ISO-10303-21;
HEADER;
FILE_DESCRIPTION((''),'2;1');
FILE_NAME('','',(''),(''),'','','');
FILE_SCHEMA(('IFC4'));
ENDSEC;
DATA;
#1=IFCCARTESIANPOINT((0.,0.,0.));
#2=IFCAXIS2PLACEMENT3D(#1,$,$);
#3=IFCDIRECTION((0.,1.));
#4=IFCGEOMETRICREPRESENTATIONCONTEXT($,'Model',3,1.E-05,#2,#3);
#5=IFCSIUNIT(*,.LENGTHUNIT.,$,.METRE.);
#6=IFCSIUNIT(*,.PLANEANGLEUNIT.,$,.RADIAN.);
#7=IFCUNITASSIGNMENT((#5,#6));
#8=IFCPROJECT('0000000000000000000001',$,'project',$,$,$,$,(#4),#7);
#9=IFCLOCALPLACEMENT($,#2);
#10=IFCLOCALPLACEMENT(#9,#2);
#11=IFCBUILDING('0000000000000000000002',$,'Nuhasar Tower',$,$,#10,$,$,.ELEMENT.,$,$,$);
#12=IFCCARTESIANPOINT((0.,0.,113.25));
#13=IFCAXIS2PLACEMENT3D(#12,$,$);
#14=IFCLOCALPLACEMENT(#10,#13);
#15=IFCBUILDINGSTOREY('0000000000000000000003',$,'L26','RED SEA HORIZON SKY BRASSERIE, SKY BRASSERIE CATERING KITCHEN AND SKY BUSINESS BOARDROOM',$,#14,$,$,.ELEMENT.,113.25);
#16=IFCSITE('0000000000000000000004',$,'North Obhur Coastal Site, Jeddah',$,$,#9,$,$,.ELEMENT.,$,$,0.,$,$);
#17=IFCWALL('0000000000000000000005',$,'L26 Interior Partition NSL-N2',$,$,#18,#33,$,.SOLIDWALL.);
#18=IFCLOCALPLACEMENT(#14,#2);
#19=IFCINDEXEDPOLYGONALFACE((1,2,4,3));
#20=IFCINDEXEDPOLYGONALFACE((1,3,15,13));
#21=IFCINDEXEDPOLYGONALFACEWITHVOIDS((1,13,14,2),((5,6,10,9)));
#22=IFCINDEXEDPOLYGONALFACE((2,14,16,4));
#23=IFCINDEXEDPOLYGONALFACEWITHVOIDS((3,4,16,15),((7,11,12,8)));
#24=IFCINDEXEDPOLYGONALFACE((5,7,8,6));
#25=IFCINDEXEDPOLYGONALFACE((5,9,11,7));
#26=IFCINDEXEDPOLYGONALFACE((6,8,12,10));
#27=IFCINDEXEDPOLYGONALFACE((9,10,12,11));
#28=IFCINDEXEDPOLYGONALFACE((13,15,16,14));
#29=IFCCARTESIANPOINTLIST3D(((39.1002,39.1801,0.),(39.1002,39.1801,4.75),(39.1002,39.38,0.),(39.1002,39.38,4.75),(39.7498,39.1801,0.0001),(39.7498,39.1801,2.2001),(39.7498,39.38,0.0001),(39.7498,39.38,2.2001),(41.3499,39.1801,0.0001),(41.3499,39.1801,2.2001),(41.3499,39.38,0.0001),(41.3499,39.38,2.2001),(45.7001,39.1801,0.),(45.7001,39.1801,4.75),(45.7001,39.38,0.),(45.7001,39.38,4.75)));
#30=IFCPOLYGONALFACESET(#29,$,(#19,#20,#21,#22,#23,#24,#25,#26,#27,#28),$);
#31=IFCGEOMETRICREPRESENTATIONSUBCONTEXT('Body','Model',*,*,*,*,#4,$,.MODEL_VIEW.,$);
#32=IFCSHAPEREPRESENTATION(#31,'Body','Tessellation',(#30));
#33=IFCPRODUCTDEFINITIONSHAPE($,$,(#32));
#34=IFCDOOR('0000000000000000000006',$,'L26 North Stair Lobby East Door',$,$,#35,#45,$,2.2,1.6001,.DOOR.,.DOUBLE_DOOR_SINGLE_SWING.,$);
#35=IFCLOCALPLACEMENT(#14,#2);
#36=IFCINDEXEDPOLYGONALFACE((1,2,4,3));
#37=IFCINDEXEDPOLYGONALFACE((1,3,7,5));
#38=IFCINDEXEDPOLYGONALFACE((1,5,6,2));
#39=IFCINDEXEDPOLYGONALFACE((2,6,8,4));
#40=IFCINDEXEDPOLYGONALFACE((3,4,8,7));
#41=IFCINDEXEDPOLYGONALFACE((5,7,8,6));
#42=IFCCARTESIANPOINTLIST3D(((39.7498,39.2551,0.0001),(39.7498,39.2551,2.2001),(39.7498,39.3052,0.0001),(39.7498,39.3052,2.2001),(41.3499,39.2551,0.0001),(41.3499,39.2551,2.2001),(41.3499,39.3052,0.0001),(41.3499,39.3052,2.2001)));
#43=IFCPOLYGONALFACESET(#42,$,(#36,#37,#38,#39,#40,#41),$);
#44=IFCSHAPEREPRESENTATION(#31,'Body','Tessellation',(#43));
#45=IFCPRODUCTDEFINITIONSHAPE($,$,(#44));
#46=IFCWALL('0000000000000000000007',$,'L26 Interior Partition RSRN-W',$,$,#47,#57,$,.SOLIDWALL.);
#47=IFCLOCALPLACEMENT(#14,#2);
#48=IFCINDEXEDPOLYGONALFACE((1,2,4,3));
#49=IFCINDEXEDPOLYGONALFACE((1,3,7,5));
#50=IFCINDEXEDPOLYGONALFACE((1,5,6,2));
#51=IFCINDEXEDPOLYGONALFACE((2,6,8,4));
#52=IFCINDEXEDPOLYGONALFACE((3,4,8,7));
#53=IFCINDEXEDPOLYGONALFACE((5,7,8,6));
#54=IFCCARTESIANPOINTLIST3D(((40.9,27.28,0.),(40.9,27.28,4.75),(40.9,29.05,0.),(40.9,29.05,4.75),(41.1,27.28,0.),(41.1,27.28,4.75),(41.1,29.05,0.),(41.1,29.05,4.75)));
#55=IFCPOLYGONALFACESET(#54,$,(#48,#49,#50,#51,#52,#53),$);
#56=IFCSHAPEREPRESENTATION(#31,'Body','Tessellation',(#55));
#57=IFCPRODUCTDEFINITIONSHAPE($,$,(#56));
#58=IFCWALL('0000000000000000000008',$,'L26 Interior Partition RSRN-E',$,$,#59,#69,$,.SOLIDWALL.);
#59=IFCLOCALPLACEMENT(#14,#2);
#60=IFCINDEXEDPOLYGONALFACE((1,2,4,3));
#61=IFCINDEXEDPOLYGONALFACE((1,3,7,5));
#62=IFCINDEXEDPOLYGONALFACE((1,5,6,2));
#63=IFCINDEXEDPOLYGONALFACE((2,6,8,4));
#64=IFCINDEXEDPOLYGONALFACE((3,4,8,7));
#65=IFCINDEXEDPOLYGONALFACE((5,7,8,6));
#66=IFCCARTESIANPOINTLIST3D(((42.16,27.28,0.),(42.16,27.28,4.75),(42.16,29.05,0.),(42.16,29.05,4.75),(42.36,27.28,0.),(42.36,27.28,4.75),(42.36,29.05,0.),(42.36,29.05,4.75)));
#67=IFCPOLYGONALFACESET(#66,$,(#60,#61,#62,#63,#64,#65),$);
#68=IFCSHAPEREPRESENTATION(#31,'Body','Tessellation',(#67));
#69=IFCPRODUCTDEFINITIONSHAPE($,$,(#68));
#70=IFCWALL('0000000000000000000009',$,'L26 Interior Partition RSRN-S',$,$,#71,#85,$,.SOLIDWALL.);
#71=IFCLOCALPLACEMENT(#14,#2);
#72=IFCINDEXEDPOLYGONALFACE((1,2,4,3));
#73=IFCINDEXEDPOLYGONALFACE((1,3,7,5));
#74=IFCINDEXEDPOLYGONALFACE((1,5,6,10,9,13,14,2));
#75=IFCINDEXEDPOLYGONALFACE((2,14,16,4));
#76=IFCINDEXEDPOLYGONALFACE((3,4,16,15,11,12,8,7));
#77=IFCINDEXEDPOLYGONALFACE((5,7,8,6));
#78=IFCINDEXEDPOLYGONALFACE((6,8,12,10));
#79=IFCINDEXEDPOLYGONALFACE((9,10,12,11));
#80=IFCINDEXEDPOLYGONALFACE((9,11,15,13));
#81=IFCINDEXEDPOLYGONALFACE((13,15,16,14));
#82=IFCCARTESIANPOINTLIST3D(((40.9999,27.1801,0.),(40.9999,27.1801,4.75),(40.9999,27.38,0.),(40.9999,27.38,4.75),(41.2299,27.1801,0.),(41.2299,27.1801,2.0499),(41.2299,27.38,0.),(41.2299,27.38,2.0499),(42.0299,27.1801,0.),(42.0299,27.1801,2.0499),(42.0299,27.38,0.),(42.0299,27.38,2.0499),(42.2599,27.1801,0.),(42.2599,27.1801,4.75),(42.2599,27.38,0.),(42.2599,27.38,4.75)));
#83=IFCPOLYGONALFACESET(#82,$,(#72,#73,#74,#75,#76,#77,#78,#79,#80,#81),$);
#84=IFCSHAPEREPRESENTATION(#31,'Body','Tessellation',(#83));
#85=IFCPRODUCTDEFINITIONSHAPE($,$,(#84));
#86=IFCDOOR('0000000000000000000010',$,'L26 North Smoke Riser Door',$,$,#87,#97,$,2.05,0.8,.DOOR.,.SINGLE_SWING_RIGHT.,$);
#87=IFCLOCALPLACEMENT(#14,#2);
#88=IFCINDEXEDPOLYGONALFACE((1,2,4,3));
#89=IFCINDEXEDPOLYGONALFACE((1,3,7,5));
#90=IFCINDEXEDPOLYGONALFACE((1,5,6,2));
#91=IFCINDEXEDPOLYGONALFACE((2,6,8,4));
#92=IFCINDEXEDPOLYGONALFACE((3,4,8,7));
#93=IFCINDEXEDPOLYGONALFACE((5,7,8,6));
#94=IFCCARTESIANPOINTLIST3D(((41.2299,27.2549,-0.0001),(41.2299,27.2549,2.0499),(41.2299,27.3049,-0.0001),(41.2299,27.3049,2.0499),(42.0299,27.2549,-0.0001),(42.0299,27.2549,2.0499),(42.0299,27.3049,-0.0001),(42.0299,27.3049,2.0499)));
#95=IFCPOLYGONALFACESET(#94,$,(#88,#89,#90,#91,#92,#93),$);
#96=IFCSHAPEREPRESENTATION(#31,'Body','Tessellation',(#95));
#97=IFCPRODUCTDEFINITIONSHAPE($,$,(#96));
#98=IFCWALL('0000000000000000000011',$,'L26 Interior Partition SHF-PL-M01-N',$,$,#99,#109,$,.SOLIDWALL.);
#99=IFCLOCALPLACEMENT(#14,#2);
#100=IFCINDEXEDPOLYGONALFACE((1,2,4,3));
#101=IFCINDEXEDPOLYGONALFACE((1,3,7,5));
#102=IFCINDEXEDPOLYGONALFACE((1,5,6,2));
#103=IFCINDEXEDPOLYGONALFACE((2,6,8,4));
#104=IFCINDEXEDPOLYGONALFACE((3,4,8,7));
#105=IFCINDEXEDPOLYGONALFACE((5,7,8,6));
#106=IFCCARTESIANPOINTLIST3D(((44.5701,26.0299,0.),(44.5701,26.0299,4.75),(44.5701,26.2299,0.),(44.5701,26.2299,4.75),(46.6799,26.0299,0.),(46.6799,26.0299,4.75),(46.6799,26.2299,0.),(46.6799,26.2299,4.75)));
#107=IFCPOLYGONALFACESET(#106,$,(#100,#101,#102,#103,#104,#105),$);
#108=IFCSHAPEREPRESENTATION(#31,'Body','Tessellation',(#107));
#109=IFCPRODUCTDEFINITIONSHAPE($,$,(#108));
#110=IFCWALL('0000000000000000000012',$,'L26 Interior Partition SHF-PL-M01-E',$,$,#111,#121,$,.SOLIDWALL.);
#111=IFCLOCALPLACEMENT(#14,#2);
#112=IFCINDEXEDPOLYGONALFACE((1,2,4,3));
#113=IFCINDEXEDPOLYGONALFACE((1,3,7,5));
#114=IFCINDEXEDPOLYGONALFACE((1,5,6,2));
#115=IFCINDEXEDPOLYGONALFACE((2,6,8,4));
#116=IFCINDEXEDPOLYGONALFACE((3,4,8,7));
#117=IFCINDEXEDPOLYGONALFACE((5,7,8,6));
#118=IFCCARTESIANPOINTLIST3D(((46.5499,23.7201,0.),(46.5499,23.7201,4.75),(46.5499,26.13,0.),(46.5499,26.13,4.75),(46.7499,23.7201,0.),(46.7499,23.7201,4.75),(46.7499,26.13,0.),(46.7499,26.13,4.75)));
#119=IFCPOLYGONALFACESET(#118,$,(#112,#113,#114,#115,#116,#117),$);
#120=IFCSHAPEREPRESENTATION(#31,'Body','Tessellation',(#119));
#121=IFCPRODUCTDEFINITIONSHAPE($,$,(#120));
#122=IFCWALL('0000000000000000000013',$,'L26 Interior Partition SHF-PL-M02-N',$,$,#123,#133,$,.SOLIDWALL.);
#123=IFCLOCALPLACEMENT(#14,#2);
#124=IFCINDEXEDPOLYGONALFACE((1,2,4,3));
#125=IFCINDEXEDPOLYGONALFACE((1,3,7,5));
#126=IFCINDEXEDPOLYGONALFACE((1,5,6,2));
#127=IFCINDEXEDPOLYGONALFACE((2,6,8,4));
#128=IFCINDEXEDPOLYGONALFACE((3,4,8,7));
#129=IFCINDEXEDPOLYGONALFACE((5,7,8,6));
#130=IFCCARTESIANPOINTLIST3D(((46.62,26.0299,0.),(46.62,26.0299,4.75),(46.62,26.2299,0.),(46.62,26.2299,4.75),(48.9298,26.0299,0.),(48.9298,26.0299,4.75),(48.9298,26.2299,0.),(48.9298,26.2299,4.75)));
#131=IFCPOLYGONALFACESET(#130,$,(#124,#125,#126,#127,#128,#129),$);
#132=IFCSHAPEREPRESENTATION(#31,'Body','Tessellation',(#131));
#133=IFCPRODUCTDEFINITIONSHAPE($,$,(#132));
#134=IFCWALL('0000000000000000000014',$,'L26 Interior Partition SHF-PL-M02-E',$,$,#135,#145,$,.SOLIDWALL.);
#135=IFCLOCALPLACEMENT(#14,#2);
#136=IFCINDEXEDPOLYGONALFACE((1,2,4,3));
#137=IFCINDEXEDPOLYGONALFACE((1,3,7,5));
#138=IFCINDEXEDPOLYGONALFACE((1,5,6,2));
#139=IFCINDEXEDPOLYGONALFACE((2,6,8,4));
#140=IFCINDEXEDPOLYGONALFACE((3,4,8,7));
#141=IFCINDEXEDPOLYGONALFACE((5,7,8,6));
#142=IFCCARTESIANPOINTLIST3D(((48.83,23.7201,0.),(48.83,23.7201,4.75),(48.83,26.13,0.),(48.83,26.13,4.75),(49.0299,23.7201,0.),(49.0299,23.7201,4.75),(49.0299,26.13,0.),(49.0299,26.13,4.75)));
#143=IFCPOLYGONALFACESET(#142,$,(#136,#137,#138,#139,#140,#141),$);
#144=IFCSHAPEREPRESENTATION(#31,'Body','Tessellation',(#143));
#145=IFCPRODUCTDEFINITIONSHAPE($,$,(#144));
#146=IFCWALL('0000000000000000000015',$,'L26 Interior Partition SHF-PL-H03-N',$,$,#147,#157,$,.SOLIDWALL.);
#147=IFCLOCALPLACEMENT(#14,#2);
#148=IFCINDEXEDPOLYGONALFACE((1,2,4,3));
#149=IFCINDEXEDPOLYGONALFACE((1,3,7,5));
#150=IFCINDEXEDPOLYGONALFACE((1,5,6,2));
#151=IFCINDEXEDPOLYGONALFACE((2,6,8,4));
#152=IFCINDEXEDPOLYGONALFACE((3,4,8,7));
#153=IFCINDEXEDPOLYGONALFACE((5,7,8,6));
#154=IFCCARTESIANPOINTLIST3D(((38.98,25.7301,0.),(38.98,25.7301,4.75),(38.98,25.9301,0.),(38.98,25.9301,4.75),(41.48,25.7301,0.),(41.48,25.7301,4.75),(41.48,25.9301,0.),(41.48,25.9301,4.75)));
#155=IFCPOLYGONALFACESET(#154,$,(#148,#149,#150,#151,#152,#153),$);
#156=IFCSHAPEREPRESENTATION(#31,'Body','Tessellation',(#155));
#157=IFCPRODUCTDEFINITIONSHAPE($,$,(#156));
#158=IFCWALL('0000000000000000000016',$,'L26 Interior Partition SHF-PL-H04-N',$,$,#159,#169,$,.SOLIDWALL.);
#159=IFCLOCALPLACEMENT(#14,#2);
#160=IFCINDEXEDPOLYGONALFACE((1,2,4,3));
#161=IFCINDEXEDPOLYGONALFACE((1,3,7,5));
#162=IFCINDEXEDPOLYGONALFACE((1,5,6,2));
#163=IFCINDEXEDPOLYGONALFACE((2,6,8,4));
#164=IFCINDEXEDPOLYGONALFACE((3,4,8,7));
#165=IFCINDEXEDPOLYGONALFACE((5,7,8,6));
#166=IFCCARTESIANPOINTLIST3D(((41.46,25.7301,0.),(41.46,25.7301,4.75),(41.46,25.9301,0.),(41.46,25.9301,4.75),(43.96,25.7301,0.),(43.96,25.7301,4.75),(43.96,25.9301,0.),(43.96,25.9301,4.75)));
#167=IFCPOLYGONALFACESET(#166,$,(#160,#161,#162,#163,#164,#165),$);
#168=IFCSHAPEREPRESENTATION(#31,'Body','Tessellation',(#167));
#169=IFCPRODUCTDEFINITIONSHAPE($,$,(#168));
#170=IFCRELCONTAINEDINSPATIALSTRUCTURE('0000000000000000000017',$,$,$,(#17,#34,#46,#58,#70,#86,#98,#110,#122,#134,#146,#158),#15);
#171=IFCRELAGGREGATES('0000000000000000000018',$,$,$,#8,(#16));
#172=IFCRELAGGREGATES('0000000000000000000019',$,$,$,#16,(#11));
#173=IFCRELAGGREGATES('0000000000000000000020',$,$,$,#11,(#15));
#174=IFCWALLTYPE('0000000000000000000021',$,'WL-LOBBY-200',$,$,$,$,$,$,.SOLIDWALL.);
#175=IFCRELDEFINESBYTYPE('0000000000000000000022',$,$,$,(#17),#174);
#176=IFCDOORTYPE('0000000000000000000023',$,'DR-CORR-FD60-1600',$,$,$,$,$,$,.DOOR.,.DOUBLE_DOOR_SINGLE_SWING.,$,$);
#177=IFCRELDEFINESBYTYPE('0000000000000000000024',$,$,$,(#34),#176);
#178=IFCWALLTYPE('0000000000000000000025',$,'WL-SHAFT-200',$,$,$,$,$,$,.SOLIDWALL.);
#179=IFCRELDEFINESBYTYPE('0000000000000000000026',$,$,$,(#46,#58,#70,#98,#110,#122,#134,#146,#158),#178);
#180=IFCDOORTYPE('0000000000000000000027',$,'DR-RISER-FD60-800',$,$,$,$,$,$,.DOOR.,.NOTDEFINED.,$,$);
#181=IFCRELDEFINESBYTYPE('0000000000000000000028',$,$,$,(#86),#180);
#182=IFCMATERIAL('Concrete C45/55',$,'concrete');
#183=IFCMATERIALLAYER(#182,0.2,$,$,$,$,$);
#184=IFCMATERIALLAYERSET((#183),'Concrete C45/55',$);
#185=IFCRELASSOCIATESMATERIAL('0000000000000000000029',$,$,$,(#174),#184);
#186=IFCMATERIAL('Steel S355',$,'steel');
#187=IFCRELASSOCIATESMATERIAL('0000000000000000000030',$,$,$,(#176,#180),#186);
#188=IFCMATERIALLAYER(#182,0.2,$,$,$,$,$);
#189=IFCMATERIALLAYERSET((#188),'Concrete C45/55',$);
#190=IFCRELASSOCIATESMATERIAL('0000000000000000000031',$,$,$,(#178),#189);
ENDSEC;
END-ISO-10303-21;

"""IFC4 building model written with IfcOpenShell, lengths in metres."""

from ifc_helpers import new_model, si_unit, direction, frame, frame_2d, origin, place, context, subcontext, project, spatial, rectangle, extrude, material, layer, layer_set, type_object, element, fill, save


model = new_model("IFC4")

# Units and contexts
model_context = context("Model", 3, precision=1e-05, world=origin(), true_north=direction((0.0, 1.0)))
body_context = subcontext(model_context, "Body", "Model", "MODEL_VIEW")
ifc_project = project(units=[si_unit("LENGTHUNIT", "METRE"), si_unit("PLANEANGLEUNIT", "RADIAN")], contexts=[model_context])

# Site, building, storey
site_placement = place(None, origin())
site = spatial("IfcSite", under=ifc_project, at=site_placement, Name="North Obhur Coastal Site, Jeddah", CompositionType="ELEMENT", RefElevation=0.0)
building_placement = place(site_placement, origin())
building = spatial("IfcBuilding", under=site, at=building_placement, Name="Nuhasar Tower", CompositionType="ELEMENT")
storey_placement = place(building_placement, frame((0.0, 0.0, 113.25)))
storey = spatial("IfcBuildingStorey", under=building, at=storey_placement, Name="L26", Description="RED SEA HORIZON SKY BRASSERIE, SKY BRASSERIE CATERING KITCHEN AND SKY BUSINESS BOARDROOM", CompositionType="ELEMENT", Elevation=113.25)

# Shared definitions
ifc_material_1 = material(Name="Steel S355", Category="steel")

# Shared definitions
ifc_material_2 = material(Name="Concrete C45/55", Category="concrete")
ifc_layer_1 = layer(ifc_material_2, 0.2)
ifc_layer_set_1 = layer_set([ifc_layer_1], Name="Concrete C45/55")
wall_type_1 = type_object("IfcWallType", Name="WL-LOBBY-200", PredefinedType="SOLIDWALL", material=ifc_layer_set_1)

# Wall, opening, door
wall_1_placement = place(storey_placement, frame((45.7, 39.28, 0.0), z_axis=(0.0, 0.0, 1.0), x_axis=(-1.0, 0.0, 0.0)))
wall_1 = element("IfcWall", 1, at=wall_1_placement, inside=storey, type_object=wall_type_1, Name="L26 Interior Partition NSL-N2", PredefinedType="SOLIDWALL", context=body_context, shape_type="SweptSolid", body=[
    extrude(rectangle(XDim=6.5999, YDim=0.2, at=frame_2d((3.2998, 0.0))), origin(), (0.0, 0.0, 1.0), 4.75),
])
opening_1_placement = place(wall_1_placement, frame((4.3501, 0.0, 0.0)))
opening_1 = element("IfcOpeningElement", 2, at=opening_1_placement, cuts=wall_1, PredefinedType="OPENING", context=body_context, shape_type="SweptSolid", body=[
    extrude(rectangle(XDim=1.6001, YDim=2.2, at=frame_2d((0.8, 1.1001))), frame((0.0, 0.1099, 0.0), z_axis=(0.0, -1.0, 0.0), x_axis=(1.0, 0.0, 0.0)), (0.0, 0.0, 1.0), 0.22),
])
door_type_1 = type_object("IfcDoorType", Name="DR-CORR-FD60-1600", OperationType="DOUBLE_DOOR_SINGLE_SWING", PredefinedType="DOOR", material=ifc_material_1)
door_1_placement = place(opening_1_placement, origin())
door_1 = element("IfcDoor", 3, at=door_1_placement, inside=storey, type_object=door_type_1, Name="L26 North Stair Lobby East Door", OperationType="DOUBLE_DOOR_SINGLE_SWING", OverallHeight=2.2, OverallWidth=1.6001, PredefinedType="DOOR", context=body_context, shape_type="SweptSolid", body=[
    extrude(rectangle(XDim=1.6001, YDim=2.2, at=frame_2d((0.8, 1.1001))), frame((0.0, 0.0249, 0.0), z_axis=(0.0, -1.0, 0.0), x_axis=(1.0, 0.0, 0.0)), (0.0, 0.0, 1.0), 0.05),
])
fill(opening_1, door_1)

# Walls
ifc_layer_2 = layer(ifc_material_2, 0.2)
ifc_layer_set_2 = layer_set([ifc_layer_2], Name="Concrete C45/55")
wall_type_2 = type_object("IfcWallType", Name="WL-SHAFT-200", PredefinedType="SOLIDWALL", material=ifc_layer_set_2)
for number, where, z_axis, x_axis, name in (
    (4, (41.0, 27.28, 0.0), (0.0, 0.0, 1.0), (0.0, 1.0, 0.0), "L26 Interior Partition RSRN-W"),
    (5, (42.26, 27.28, 0.0), (0.0, 0.0, 1.0), (0.0, 1.0, 0.0), "L26 Interior Partition RSRN-E"),
):
    element("IfcWall", number, at=place(storey_placement, frame(where, z_axis=z_axis, x_axis=x_axis)), inside=storey, type_object=wall_type_2, Name=name, PredefinedType="SOLIDWALL", context=body_context, shape_type="SweptSolid", body=[
        extrude(rectangle(XDim=1.77, YDim=0.2, at=frame_2d((0.885, 0.0))), origin(), (0.0, 0.0, 1.0), 4.75),
    ])

# Wall, opening, door
wall_2_placement = place(storey_placement, frame((41.0, 27.28, 0.0), z_axis=(0.0, 0.0, 1.0), x_axis=(1.0, 0.0, 0.0)))
wall_2 = element("IfcWall", 6, at=wall_2_placement, inside=storey, type_object=wall_type_2, Name="L26 Interior Partition RSRN-S", PredefinedType="SOLIDWALL", context=body_context, shape_type="SweptSolid", body=[
    extrude(rectangle(XDim=1.26, YDim=0.2, at=frame_2d((0.6299, 0.0))), origin(), (0.0, 0.0, 1.0), 4.75),
])
opening_2_placement = place(wall_2_placement, frame((0.23, 0.0, 0.0)))
opening_2 = element("IfcOpeningElement", 7, at=opening_2_placement, cuts=wall_2, PredefinedType="OPENING", context=body_context, shape_type="SweptSolid", body=[
    extrude(rectangle(XDim=0.8, YDim=2.05, at=frame_2d((0.3999, 1.0249))), frame((0.0, 0.1099, 0.0), z_axis=(0.0, -1.0, 0.0), x_axis=(1.0, 0.0, 0.0)), (0.0, 0.0, 1.0), 0.22),
])
door_type_2 = type_object("IfcDoorType", Name="DR-RISER-FD60-800", OperationType="NOTDEFINED", PredefinedType="DOOR", material=ifc_material_1)
door_2_placement = place(opening_2_placement, origin())
door_2 = element("IfcDoor", 8, at=door_2_placement, inside=storey, type_object=door_type_2, Name="L26 North Smoke Riser Door", OperationType="SINGLE_SWING_RIGHT", OverallHeight=2.05, OverallWidth=0.8, PredefinedType="DOOR", context=body_context, shape_type="SweptSolid", body=[
    extrude(rectangle(XDim=0.8, YDim=2.05, at=frame_2d((0.3999, 1.0249))), frame((0.0, 0.0249, 0.0), z_axis=(0.0, -1.0, 0.0), x_axis=(1.0, 0.0, 0.0)), (0.0, 0.0, 1.0), 0.05),
])
fill(opening_2, door_2)

# Walls
wall_3_placement = place(storey_placement, frame((44.5701, 26.1299, 0.0), z_axis=(0.0, 0.0, 1.0), x_axis=(1.0, 0.0, 0.0)))
element("IfcWall", 9, at=wall_3_placement, inside=storey, type_object=wall_type_2, Name="L26 Interior Partition SHF-PL-M01-N", PredefinedType="SOLIDWALL", context=body_context, shape_type="SweptSolid", body=[
    extrude(rectangle(XDim=2.1099, YDim=0.2, at=frame_2d((1.0549, 0.0))), origin(), (0.0, 0.0, 1.0), 4.75),
])
wall_4_placement = place(storey_placement, frame((46.6499, 23.72, 0.0), z_axis=(0.0, 0.0, 1.0), x_axis=(0.0, 1.0, 0.0)))
element("IfcWall", 10, at=wall_4_placement, inside=storey, type_object=wall_type_2, Name="L26 Interior Partition SHF-PL-M01-E", PredefinedType="SOLIDWALL", context=body_context, shape_type="SweptSolid", body=[
    extrude(rectangle(XDim=2.4099, YDim=0.2, at=frame_2d((1.2051, 0.0))), origin(), (0.0, 0.0, 1.0), 4.75),
])
wall_5_placement = place(storey_placement, frame((46.6201, 26.1299, 0.0), z_axis=(0.0, 0.0, 1.0), x_axis=(1.0, 0.0, 0.0)))
element("IfcWall", 11, at=wall_5_placement, inside=storey, type_object=wall_type_2, Name="L26 Interior Partition SHF-PL-M02-N", PredefinedType="SOLIDWALL", context=body_context, shape_type="SweptSolid", body=[
    extrude(rectangle(XDim=2.3098, YDim=0.2, at=frame_2d((1.1548, 0.0))), origin(), (0.0, 0.0, 1.0), 4.75),
])
wall_6_placement = place(storey_placement, frame((48.9299, 23.72, 0.0), z_axis=(0.0, 0.0, 1.0), x_axis=(0.0, 1.0, 0.0)))
element("IfcWall", 12, at=wall_6_placement, inside=storey, type_object=wall_type_2, Name="L26 Interior Partition SHF-PL-M02-E", PredefinedType="SOLIDWALL", context=body_context, shape_type="SweptSolid", body=[
    extrude(rectangle(XDim=2.4099, YDim=0.2, at=frame_2d((1.2051, 0.0))), origin(), (0.0, 0.0, 1.0), 4.75),
])
for number, where, z_axis, x_axis, name in (
    (13, (38.98, 25.8301, 0.0), (0.0, 0.0, 1.0), (1.0, 0.0, 0.0), "L26 Interior Partition SHF-PL-H03-N"),
    (14, (41.46, 25.8301, 0.0), (0.0, 0.0, 1.0), (1.0, 0.0, 0.0), "L26 Interior Partition SHF-PL-H04-N"),
):
    element("IfcWall", number, at=place(storey_placement, frame(where, z_axis=z_axis, x_axis=x_axis)), inside=storey, type_object=wall_type_2, Name=name, PredefinedType="SOLIDWALL", context=body_context, shape_type="SweptSolid", body=[
        extrude(rectangle(XDim=2.5, YDim=0.2, at=frame_2d((1.25, 0.0))), origin(), (0.0, 0.0, 1.0), 4.75),
    ])

save(model, "model.ifc")
